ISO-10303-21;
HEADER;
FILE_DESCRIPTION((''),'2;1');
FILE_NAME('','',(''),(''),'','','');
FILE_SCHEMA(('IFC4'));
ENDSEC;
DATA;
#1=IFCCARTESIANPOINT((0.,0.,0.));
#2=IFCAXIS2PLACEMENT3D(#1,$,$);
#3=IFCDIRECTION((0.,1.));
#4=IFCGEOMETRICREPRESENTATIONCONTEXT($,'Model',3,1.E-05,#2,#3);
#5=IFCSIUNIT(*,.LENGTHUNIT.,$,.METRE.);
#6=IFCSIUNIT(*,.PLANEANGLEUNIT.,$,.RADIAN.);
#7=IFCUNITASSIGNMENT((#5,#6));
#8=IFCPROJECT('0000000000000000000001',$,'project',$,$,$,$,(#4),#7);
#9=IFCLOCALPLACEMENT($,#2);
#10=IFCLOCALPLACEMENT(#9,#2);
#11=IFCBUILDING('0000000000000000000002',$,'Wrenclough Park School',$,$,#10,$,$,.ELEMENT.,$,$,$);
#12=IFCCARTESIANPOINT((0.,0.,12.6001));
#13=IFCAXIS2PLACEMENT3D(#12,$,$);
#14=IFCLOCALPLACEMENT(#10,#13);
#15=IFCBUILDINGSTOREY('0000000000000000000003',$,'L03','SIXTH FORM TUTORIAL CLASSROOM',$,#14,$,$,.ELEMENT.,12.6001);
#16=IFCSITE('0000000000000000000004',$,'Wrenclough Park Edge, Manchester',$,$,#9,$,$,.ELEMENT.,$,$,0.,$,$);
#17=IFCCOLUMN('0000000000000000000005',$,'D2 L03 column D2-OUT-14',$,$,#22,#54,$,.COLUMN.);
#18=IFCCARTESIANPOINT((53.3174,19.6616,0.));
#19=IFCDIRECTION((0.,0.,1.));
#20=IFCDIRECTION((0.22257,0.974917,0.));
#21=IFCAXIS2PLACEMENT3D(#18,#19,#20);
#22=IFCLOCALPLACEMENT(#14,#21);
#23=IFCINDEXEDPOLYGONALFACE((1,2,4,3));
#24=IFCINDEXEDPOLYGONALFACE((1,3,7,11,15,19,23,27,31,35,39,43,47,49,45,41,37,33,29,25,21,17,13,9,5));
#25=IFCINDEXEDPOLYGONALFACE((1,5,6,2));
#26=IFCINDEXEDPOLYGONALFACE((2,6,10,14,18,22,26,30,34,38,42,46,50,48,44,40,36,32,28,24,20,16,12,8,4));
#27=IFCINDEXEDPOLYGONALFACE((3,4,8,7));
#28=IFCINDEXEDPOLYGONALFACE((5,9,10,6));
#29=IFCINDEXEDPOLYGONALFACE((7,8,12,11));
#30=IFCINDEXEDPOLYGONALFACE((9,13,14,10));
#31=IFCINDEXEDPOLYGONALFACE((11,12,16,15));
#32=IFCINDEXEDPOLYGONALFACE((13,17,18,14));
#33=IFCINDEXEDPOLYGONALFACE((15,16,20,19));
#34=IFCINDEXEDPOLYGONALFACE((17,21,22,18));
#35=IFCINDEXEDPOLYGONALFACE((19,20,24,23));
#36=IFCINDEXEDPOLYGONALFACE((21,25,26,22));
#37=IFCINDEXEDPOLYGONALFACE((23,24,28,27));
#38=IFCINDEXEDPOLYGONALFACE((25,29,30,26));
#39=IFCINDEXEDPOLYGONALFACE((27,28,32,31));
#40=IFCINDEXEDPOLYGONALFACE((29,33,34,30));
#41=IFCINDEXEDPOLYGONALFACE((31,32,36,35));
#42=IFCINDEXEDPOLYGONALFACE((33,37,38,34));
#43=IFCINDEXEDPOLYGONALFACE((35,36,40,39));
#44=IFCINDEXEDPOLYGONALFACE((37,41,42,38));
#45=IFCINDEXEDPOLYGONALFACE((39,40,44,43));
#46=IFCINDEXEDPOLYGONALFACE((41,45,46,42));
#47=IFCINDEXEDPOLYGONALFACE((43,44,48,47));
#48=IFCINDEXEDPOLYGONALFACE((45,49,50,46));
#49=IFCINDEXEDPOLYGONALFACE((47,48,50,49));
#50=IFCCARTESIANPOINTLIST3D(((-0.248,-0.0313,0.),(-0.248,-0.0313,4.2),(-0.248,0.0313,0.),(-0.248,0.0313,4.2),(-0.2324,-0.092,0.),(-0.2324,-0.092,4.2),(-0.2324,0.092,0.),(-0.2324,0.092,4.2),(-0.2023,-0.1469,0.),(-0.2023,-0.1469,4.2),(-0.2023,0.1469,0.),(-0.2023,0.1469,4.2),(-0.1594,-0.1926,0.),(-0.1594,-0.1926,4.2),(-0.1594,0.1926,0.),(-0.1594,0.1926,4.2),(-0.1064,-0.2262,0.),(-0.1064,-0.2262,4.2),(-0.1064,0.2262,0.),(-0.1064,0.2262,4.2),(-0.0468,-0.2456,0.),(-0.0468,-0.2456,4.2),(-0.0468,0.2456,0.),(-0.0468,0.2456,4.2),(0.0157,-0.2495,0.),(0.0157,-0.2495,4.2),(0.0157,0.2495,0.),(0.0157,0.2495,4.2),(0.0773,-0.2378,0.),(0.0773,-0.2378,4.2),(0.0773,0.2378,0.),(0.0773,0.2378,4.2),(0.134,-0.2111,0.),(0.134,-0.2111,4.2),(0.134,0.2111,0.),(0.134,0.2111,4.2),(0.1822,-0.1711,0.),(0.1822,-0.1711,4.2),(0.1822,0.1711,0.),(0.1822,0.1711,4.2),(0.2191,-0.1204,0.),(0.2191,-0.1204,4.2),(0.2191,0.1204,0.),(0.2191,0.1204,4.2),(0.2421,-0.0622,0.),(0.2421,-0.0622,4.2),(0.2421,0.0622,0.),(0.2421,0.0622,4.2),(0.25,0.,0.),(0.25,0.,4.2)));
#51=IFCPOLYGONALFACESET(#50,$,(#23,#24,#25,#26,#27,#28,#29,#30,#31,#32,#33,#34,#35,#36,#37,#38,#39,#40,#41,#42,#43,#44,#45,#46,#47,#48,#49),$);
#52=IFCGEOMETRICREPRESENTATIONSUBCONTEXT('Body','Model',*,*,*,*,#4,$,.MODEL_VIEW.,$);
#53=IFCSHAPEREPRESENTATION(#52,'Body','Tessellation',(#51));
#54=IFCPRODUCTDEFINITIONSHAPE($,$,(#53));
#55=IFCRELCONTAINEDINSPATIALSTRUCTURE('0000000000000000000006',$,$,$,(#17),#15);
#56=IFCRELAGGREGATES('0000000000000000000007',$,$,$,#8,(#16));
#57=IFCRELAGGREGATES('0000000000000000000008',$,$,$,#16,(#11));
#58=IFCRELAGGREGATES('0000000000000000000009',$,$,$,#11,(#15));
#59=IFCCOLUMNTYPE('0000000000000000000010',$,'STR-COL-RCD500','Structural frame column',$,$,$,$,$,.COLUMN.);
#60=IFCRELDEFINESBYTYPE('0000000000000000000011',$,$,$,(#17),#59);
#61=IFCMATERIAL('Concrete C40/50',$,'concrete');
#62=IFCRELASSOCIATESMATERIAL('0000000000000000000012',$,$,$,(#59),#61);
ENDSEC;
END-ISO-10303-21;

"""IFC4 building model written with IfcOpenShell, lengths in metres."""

from ifc_helpers import new_model, si_unit, direction, frame, origin, origin_2d, place, context, subcontext, project, spatial, circle, extrude, material, material_profile, profile_set, type_object, element, save


model = new_model("IFC4")

# Units and contexts
model_context = context("Model", 3, precision=1e-05, world=origin(), true_north=direction((0.0, 1.0)))
body_context = subcontext(model_context, "Body", "Model", "MODEL_VIEW")
ifc_project = project(units=[si_unit("LENGTHUNIT", "METRE"), si_unit("PLANEANGLEUNIT", "RADIAN")], contexts=[model_context])

# Site, building, storey
site_placement = place(None, origin())
site = spatial("IfcSite", under=ifc_project, at=site_placement, Name="Wrenclough Park Edge, Manchester", CompositionType="ELEMENT", RefElevation=0.0)
building_placement = place(site_placement, origin())
building = spatial("IfcBuilding", under=site, at=building_placement, Name="Wrenclough Park School", CompositionType="ELEMENT")
storey_placement = place(building_placement, frame((0.0, 0.0, 12.6001)))
storey = spatial("IfcBuildingStorey", under=building, at=storey_placement, Name="L03", Description="SIXTH FORM TUTORIAL CLASSROOM", CompositionType="ELEMENT", Elevation=12.6001)

# Column
ifc_material_1 = material(Name="Concrete C40/50", Category="concrete")
ifc_material_profile_1 = material_profile(ifc_material_1, circle(Radius=0.25, at=origin_2d()), Name="RC COL D500")
ifc_profile_set_1 = profile_set([ifc_material_profile_1], Name="Concrete C40/50")
column_type_1 = type_object("IfcColumnType", Name="STR-COL-RCD500", Description="Structural frame column", PredefinedType="COLUMN", material=ifc_profile_set_1)
column_1_placement = place(storey_placement, frame((53.3174, 19.6616, 0.0), z_axis=(0.0, 0.0, 1.0), x_axis=(0.22257, 0.974917, 0.0)))
element("IfcColumn", 1, at=column_1_placement, inside=storey, type_object=column_type_1, Name="D2 L03 column D2-OUT-14", PredefinedType="COLUMN", context=body_context, shape_type="SweptSolid", body=[
    extrude(circle(Radius=0.25, at=origin_2d()), origin(), (0.0, 0.0, 1.0), 4.2),
])

save(model, "model.ifc")
